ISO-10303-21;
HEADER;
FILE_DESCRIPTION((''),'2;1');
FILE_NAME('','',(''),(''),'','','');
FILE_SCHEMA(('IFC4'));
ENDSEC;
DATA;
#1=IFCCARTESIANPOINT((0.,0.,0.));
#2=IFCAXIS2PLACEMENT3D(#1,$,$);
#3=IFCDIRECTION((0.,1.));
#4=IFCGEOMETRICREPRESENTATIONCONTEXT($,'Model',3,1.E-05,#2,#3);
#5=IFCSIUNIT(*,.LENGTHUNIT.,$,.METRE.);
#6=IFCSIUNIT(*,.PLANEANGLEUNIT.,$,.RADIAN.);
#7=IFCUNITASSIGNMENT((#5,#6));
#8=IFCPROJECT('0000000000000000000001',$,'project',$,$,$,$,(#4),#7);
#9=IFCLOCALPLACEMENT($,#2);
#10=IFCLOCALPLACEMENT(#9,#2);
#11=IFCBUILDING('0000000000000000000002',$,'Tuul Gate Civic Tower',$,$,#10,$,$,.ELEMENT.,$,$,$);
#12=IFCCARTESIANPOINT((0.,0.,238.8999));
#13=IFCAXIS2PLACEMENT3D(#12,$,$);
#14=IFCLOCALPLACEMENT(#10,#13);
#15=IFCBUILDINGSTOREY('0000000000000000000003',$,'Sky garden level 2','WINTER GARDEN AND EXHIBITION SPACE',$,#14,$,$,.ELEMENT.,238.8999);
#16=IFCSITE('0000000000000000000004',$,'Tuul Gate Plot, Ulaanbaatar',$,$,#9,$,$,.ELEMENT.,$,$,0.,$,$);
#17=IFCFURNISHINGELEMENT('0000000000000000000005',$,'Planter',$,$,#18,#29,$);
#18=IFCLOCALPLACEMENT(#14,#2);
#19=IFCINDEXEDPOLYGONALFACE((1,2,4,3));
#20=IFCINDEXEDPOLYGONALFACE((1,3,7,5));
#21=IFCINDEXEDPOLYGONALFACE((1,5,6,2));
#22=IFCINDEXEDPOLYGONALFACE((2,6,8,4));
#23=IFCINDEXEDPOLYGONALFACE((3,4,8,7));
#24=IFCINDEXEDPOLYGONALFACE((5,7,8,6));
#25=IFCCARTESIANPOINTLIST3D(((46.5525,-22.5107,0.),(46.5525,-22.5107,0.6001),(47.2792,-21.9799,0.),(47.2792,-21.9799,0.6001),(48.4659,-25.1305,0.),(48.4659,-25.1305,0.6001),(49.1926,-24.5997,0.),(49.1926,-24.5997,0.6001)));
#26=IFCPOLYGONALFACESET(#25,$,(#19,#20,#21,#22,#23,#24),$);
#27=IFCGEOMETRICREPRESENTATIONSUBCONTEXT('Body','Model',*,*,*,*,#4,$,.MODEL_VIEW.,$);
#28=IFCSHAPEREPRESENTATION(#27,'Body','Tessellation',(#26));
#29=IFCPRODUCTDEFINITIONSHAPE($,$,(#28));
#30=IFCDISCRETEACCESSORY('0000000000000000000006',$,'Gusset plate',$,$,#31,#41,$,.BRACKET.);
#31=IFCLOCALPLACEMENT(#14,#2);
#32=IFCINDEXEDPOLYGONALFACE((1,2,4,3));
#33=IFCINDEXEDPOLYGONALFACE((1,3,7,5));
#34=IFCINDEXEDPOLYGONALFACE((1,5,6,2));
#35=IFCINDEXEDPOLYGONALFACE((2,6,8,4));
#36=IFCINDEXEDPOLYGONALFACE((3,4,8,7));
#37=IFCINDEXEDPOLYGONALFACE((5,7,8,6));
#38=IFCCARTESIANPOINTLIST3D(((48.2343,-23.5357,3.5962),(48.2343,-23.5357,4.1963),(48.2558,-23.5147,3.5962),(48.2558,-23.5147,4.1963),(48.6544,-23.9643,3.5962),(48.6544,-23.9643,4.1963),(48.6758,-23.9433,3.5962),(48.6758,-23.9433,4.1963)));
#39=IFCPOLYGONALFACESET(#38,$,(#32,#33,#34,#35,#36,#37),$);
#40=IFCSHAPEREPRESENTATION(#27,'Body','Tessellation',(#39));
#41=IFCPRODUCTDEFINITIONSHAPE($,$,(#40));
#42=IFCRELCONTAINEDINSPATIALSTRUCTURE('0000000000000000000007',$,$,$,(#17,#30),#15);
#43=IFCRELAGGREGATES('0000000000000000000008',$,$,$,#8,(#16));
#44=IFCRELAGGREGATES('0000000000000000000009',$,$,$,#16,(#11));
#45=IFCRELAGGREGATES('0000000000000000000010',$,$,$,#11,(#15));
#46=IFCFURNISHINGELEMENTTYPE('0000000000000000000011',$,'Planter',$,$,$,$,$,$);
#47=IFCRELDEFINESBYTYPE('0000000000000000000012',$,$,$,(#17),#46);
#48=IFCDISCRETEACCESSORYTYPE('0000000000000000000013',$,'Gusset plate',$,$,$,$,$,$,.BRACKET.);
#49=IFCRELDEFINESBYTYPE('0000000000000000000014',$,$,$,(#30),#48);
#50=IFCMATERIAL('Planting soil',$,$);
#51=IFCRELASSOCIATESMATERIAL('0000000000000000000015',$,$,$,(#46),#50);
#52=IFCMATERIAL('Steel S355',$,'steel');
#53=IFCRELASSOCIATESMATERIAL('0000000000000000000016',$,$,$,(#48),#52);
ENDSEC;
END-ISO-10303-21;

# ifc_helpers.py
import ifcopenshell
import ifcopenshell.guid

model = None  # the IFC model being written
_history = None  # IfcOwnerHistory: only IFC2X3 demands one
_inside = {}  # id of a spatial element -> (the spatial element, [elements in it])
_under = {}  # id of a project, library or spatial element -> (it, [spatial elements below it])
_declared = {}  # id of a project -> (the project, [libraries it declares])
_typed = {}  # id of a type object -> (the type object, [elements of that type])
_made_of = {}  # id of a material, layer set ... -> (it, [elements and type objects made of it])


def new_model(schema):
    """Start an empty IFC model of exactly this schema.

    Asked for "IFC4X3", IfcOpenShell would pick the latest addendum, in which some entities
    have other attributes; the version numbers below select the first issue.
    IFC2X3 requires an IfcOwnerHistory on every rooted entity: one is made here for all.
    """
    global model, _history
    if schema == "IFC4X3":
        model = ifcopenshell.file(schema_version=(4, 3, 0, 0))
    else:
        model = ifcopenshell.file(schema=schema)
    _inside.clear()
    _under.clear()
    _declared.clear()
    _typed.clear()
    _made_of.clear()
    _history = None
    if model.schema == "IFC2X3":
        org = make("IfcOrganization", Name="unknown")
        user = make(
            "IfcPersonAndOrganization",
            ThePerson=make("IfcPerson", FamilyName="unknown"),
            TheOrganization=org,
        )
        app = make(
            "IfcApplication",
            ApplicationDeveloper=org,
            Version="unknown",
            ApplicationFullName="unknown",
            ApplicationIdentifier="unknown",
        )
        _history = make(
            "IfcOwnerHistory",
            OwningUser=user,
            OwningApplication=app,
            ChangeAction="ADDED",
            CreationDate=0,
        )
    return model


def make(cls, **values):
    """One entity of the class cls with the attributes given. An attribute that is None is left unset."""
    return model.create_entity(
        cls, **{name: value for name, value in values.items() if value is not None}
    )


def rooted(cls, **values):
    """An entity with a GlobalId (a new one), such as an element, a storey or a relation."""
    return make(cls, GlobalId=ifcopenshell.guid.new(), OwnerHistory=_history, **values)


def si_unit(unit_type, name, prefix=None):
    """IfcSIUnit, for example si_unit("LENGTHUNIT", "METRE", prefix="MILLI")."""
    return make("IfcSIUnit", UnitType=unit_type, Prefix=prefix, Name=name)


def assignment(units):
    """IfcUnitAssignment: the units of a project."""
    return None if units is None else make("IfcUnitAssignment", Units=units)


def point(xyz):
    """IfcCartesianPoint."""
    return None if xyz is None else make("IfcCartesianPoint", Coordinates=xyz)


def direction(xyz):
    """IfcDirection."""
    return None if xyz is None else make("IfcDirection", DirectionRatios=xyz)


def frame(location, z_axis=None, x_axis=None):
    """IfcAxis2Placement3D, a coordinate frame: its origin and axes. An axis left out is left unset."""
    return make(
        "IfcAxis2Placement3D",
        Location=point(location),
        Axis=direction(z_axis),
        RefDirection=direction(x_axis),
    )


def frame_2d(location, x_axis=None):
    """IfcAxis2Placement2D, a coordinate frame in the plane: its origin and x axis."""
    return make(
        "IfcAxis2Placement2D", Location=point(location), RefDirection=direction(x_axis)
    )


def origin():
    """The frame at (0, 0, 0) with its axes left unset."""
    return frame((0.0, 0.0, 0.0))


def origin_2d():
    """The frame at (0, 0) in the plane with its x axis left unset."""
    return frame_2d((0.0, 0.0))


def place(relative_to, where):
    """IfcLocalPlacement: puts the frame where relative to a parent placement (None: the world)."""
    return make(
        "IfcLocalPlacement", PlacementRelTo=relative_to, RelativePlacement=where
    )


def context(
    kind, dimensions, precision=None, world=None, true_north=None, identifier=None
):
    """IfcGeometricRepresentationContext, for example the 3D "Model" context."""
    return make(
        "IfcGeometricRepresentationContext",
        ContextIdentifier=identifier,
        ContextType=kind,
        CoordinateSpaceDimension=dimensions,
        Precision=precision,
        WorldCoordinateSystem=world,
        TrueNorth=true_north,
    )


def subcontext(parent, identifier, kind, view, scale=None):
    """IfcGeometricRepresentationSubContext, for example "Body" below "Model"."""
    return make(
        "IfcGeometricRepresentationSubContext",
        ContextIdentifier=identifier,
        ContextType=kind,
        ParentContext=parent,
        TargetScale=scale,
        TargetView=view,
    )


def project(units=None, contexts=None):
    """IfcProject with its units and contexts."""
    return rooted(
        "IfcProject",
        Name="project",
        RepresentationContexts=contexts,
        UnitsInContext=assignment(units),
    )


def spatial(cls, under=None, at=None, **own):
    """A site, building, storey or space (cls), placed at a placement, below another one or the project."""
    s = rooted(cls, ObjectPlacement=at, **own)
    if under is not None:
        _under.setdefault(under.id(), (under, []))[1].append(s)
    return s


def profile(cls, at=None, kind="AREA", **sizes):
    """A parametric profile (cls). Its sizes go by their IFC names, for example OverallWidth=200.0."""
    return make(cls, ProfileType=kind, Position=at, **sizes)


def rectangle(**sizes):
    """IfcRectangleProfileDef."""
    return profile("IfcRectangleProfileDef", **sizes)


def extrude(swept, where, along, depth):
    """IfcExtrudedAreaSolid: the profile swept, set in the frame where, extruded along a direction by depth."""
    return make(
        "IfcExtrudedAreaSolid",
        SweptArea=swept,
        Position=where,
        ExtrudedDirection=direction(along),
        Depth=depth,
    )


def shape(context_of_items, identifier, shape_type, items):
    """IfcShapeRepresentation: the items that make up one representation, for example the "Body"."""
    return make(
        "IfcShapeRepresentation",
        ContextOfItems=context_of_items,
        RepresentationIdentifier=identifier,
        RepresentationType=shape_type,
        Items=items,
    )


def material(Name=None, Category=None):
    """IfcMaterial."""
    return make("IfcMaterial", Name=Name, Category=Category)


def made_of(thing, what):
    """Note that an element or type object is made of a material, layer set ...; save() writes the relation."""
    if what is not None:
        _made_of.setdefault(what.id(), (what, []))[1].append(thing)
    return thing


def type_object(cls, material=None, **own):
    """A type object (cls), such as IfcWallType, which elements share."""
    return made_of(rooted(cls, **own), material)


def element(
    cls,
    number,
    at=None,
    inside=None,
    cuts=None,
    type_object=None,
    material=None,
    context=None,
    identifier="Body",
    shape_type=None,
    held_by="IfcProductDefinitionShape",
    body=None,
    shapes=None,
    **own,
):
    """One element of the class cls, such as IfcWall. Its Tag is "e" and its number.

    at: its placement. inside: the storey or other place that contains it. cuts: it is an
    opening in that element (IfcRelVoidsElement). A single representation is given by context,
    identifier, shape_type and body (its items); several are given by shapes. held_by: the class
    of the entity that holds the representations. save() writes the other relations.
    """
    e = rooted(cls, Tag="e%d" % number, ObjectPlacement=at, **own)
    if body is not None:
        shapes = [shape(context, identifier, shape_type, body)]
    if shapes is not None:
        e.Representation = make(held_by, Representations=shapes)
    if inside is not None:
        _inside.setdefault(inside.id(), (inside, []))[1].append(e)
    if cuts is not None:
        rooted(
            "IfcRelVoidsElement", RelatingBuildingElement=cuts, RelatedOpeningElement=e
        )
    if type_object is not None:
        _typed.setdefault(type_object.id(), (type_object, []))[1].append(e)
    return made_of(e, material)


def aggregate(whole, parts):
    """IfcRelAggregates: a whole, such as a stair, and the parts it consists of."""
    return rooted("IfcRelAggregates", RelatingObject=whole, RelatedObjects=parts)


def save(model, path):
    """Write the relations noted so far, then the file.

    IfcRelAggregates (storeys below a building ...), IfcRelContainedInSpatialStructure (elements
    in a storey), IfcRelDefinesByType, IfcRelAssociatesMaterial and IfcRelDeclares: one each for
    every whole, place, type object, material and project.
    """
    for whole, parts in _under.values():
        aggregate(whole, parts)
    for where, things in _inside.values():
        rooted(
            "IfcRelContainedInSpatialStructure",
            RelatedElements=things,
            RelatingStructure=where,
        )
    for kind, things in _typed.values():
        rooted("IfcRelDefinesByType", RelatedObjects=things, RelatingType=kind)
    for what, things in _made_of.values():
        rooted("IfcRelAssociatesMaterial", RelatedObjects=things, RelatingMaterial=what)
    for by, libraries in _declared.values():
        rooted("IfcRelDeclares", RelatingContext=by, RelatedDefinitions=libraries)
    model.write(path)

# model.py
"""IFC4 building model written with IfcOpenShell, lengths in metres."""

from ifc_helpers import new_model, si_unit, direction, frame, origin, origin_2d, place, context, subcontext, project, spatial, rectangle, extrude, material, type_object, element, save


model = new_model("IFC4")

# Units and contexts
model_context = context("Model", 3, precision=1e-05, world=origin(), true_north=direction((0.0, 1.0)))
body_context = subcontext(model_context, "Body", "Model", "MODEL_VIEW")
ifc_project = project(units=[si_unit("LENGTHUNIT", "METRE"), si_unit("PLANEANGLEUNIT", "RADIAN")], contexts=[model_context])

# Site, building, storey
site_placement = place(None, origin())
site = spatial("IfcSite", under=ifc_project, at=site_placement, Name="Tuul Gate Plot, Ulaanbaatar", CompositionType="ELEMENT", RefElevation=0.0)
building_placement = place(site_placement, origin())
building = spatial("IfcBuilding", under=site, at=building_placement, Name="Tuul Gate Civic Tower", CompositionType="ELEMENT")
storey_placement = place(building_placement, frame((0.0, 0.0, 238.8999)))
storey = spatial("IfcBuildingStorey", under=building, at=storey_placement, Name="Sky garden level 2", Description="WINTER GARDEN AND EXHIBITION SPACE", CompositionType="ELEMENT", Elevation=238.8999)

# Furnishing element
ifc_material_1 = material(Name="Planting soil")
furnishing_element_type = type_object("IfcFurnishingElementType", Name="Planter", material=ifc_material_1)
furnishing_placement = place(storey_placement, frame((47.8726, -23.5552, 0.0), z_axis=(0.0, 0.0, 1.0), x_axis=(0.589803, -0.807547, 0.0)))
element("IfcFurnishingElement", 1, at=furnishing_placement, inside=storey, type_object=furnishing_element_type, Name="Planter", context=body_context, shape_type="SweptSolid", body=[
    extrude(rectangle(XDim=3.2441, YDim=0.8999, at=origin_2d()), origin(), (0.0, 0.0, 1.0), 0.6001),
])

# Discrete accessory
ifc_material_2 = material(Name="Steel S355", Category="steel")
discrete_accessory_type = type_object("IfcDiscreteAccessoryType", Name="Gusset plate", PredefinedType="BRACKET", material=ifc_material_2)
discrete_accessory_placement = place(storey_placement, frame((48.4551, -23.7395, 3.5962), z_axis=(0.0, 0.0, 1.0), x_axis=(-0.700024, 0.714119, 0.0)))
element("IfcDiscreteAccessory", 2, at=discrete_accessory_placement, inside=storey, type_object=discrete_accessory_type, Name="Gusset plate", PredefinedType="BRACKET", context=body_context, shape_type="SweptSolid", body=[
    extrude(rectangle(XDim=0.6001, YDim=0.03, at=origin_2d()), origin(), (0.0, 0.0, 1.0), 0.6001),
])

save(model, "model.ifc")
